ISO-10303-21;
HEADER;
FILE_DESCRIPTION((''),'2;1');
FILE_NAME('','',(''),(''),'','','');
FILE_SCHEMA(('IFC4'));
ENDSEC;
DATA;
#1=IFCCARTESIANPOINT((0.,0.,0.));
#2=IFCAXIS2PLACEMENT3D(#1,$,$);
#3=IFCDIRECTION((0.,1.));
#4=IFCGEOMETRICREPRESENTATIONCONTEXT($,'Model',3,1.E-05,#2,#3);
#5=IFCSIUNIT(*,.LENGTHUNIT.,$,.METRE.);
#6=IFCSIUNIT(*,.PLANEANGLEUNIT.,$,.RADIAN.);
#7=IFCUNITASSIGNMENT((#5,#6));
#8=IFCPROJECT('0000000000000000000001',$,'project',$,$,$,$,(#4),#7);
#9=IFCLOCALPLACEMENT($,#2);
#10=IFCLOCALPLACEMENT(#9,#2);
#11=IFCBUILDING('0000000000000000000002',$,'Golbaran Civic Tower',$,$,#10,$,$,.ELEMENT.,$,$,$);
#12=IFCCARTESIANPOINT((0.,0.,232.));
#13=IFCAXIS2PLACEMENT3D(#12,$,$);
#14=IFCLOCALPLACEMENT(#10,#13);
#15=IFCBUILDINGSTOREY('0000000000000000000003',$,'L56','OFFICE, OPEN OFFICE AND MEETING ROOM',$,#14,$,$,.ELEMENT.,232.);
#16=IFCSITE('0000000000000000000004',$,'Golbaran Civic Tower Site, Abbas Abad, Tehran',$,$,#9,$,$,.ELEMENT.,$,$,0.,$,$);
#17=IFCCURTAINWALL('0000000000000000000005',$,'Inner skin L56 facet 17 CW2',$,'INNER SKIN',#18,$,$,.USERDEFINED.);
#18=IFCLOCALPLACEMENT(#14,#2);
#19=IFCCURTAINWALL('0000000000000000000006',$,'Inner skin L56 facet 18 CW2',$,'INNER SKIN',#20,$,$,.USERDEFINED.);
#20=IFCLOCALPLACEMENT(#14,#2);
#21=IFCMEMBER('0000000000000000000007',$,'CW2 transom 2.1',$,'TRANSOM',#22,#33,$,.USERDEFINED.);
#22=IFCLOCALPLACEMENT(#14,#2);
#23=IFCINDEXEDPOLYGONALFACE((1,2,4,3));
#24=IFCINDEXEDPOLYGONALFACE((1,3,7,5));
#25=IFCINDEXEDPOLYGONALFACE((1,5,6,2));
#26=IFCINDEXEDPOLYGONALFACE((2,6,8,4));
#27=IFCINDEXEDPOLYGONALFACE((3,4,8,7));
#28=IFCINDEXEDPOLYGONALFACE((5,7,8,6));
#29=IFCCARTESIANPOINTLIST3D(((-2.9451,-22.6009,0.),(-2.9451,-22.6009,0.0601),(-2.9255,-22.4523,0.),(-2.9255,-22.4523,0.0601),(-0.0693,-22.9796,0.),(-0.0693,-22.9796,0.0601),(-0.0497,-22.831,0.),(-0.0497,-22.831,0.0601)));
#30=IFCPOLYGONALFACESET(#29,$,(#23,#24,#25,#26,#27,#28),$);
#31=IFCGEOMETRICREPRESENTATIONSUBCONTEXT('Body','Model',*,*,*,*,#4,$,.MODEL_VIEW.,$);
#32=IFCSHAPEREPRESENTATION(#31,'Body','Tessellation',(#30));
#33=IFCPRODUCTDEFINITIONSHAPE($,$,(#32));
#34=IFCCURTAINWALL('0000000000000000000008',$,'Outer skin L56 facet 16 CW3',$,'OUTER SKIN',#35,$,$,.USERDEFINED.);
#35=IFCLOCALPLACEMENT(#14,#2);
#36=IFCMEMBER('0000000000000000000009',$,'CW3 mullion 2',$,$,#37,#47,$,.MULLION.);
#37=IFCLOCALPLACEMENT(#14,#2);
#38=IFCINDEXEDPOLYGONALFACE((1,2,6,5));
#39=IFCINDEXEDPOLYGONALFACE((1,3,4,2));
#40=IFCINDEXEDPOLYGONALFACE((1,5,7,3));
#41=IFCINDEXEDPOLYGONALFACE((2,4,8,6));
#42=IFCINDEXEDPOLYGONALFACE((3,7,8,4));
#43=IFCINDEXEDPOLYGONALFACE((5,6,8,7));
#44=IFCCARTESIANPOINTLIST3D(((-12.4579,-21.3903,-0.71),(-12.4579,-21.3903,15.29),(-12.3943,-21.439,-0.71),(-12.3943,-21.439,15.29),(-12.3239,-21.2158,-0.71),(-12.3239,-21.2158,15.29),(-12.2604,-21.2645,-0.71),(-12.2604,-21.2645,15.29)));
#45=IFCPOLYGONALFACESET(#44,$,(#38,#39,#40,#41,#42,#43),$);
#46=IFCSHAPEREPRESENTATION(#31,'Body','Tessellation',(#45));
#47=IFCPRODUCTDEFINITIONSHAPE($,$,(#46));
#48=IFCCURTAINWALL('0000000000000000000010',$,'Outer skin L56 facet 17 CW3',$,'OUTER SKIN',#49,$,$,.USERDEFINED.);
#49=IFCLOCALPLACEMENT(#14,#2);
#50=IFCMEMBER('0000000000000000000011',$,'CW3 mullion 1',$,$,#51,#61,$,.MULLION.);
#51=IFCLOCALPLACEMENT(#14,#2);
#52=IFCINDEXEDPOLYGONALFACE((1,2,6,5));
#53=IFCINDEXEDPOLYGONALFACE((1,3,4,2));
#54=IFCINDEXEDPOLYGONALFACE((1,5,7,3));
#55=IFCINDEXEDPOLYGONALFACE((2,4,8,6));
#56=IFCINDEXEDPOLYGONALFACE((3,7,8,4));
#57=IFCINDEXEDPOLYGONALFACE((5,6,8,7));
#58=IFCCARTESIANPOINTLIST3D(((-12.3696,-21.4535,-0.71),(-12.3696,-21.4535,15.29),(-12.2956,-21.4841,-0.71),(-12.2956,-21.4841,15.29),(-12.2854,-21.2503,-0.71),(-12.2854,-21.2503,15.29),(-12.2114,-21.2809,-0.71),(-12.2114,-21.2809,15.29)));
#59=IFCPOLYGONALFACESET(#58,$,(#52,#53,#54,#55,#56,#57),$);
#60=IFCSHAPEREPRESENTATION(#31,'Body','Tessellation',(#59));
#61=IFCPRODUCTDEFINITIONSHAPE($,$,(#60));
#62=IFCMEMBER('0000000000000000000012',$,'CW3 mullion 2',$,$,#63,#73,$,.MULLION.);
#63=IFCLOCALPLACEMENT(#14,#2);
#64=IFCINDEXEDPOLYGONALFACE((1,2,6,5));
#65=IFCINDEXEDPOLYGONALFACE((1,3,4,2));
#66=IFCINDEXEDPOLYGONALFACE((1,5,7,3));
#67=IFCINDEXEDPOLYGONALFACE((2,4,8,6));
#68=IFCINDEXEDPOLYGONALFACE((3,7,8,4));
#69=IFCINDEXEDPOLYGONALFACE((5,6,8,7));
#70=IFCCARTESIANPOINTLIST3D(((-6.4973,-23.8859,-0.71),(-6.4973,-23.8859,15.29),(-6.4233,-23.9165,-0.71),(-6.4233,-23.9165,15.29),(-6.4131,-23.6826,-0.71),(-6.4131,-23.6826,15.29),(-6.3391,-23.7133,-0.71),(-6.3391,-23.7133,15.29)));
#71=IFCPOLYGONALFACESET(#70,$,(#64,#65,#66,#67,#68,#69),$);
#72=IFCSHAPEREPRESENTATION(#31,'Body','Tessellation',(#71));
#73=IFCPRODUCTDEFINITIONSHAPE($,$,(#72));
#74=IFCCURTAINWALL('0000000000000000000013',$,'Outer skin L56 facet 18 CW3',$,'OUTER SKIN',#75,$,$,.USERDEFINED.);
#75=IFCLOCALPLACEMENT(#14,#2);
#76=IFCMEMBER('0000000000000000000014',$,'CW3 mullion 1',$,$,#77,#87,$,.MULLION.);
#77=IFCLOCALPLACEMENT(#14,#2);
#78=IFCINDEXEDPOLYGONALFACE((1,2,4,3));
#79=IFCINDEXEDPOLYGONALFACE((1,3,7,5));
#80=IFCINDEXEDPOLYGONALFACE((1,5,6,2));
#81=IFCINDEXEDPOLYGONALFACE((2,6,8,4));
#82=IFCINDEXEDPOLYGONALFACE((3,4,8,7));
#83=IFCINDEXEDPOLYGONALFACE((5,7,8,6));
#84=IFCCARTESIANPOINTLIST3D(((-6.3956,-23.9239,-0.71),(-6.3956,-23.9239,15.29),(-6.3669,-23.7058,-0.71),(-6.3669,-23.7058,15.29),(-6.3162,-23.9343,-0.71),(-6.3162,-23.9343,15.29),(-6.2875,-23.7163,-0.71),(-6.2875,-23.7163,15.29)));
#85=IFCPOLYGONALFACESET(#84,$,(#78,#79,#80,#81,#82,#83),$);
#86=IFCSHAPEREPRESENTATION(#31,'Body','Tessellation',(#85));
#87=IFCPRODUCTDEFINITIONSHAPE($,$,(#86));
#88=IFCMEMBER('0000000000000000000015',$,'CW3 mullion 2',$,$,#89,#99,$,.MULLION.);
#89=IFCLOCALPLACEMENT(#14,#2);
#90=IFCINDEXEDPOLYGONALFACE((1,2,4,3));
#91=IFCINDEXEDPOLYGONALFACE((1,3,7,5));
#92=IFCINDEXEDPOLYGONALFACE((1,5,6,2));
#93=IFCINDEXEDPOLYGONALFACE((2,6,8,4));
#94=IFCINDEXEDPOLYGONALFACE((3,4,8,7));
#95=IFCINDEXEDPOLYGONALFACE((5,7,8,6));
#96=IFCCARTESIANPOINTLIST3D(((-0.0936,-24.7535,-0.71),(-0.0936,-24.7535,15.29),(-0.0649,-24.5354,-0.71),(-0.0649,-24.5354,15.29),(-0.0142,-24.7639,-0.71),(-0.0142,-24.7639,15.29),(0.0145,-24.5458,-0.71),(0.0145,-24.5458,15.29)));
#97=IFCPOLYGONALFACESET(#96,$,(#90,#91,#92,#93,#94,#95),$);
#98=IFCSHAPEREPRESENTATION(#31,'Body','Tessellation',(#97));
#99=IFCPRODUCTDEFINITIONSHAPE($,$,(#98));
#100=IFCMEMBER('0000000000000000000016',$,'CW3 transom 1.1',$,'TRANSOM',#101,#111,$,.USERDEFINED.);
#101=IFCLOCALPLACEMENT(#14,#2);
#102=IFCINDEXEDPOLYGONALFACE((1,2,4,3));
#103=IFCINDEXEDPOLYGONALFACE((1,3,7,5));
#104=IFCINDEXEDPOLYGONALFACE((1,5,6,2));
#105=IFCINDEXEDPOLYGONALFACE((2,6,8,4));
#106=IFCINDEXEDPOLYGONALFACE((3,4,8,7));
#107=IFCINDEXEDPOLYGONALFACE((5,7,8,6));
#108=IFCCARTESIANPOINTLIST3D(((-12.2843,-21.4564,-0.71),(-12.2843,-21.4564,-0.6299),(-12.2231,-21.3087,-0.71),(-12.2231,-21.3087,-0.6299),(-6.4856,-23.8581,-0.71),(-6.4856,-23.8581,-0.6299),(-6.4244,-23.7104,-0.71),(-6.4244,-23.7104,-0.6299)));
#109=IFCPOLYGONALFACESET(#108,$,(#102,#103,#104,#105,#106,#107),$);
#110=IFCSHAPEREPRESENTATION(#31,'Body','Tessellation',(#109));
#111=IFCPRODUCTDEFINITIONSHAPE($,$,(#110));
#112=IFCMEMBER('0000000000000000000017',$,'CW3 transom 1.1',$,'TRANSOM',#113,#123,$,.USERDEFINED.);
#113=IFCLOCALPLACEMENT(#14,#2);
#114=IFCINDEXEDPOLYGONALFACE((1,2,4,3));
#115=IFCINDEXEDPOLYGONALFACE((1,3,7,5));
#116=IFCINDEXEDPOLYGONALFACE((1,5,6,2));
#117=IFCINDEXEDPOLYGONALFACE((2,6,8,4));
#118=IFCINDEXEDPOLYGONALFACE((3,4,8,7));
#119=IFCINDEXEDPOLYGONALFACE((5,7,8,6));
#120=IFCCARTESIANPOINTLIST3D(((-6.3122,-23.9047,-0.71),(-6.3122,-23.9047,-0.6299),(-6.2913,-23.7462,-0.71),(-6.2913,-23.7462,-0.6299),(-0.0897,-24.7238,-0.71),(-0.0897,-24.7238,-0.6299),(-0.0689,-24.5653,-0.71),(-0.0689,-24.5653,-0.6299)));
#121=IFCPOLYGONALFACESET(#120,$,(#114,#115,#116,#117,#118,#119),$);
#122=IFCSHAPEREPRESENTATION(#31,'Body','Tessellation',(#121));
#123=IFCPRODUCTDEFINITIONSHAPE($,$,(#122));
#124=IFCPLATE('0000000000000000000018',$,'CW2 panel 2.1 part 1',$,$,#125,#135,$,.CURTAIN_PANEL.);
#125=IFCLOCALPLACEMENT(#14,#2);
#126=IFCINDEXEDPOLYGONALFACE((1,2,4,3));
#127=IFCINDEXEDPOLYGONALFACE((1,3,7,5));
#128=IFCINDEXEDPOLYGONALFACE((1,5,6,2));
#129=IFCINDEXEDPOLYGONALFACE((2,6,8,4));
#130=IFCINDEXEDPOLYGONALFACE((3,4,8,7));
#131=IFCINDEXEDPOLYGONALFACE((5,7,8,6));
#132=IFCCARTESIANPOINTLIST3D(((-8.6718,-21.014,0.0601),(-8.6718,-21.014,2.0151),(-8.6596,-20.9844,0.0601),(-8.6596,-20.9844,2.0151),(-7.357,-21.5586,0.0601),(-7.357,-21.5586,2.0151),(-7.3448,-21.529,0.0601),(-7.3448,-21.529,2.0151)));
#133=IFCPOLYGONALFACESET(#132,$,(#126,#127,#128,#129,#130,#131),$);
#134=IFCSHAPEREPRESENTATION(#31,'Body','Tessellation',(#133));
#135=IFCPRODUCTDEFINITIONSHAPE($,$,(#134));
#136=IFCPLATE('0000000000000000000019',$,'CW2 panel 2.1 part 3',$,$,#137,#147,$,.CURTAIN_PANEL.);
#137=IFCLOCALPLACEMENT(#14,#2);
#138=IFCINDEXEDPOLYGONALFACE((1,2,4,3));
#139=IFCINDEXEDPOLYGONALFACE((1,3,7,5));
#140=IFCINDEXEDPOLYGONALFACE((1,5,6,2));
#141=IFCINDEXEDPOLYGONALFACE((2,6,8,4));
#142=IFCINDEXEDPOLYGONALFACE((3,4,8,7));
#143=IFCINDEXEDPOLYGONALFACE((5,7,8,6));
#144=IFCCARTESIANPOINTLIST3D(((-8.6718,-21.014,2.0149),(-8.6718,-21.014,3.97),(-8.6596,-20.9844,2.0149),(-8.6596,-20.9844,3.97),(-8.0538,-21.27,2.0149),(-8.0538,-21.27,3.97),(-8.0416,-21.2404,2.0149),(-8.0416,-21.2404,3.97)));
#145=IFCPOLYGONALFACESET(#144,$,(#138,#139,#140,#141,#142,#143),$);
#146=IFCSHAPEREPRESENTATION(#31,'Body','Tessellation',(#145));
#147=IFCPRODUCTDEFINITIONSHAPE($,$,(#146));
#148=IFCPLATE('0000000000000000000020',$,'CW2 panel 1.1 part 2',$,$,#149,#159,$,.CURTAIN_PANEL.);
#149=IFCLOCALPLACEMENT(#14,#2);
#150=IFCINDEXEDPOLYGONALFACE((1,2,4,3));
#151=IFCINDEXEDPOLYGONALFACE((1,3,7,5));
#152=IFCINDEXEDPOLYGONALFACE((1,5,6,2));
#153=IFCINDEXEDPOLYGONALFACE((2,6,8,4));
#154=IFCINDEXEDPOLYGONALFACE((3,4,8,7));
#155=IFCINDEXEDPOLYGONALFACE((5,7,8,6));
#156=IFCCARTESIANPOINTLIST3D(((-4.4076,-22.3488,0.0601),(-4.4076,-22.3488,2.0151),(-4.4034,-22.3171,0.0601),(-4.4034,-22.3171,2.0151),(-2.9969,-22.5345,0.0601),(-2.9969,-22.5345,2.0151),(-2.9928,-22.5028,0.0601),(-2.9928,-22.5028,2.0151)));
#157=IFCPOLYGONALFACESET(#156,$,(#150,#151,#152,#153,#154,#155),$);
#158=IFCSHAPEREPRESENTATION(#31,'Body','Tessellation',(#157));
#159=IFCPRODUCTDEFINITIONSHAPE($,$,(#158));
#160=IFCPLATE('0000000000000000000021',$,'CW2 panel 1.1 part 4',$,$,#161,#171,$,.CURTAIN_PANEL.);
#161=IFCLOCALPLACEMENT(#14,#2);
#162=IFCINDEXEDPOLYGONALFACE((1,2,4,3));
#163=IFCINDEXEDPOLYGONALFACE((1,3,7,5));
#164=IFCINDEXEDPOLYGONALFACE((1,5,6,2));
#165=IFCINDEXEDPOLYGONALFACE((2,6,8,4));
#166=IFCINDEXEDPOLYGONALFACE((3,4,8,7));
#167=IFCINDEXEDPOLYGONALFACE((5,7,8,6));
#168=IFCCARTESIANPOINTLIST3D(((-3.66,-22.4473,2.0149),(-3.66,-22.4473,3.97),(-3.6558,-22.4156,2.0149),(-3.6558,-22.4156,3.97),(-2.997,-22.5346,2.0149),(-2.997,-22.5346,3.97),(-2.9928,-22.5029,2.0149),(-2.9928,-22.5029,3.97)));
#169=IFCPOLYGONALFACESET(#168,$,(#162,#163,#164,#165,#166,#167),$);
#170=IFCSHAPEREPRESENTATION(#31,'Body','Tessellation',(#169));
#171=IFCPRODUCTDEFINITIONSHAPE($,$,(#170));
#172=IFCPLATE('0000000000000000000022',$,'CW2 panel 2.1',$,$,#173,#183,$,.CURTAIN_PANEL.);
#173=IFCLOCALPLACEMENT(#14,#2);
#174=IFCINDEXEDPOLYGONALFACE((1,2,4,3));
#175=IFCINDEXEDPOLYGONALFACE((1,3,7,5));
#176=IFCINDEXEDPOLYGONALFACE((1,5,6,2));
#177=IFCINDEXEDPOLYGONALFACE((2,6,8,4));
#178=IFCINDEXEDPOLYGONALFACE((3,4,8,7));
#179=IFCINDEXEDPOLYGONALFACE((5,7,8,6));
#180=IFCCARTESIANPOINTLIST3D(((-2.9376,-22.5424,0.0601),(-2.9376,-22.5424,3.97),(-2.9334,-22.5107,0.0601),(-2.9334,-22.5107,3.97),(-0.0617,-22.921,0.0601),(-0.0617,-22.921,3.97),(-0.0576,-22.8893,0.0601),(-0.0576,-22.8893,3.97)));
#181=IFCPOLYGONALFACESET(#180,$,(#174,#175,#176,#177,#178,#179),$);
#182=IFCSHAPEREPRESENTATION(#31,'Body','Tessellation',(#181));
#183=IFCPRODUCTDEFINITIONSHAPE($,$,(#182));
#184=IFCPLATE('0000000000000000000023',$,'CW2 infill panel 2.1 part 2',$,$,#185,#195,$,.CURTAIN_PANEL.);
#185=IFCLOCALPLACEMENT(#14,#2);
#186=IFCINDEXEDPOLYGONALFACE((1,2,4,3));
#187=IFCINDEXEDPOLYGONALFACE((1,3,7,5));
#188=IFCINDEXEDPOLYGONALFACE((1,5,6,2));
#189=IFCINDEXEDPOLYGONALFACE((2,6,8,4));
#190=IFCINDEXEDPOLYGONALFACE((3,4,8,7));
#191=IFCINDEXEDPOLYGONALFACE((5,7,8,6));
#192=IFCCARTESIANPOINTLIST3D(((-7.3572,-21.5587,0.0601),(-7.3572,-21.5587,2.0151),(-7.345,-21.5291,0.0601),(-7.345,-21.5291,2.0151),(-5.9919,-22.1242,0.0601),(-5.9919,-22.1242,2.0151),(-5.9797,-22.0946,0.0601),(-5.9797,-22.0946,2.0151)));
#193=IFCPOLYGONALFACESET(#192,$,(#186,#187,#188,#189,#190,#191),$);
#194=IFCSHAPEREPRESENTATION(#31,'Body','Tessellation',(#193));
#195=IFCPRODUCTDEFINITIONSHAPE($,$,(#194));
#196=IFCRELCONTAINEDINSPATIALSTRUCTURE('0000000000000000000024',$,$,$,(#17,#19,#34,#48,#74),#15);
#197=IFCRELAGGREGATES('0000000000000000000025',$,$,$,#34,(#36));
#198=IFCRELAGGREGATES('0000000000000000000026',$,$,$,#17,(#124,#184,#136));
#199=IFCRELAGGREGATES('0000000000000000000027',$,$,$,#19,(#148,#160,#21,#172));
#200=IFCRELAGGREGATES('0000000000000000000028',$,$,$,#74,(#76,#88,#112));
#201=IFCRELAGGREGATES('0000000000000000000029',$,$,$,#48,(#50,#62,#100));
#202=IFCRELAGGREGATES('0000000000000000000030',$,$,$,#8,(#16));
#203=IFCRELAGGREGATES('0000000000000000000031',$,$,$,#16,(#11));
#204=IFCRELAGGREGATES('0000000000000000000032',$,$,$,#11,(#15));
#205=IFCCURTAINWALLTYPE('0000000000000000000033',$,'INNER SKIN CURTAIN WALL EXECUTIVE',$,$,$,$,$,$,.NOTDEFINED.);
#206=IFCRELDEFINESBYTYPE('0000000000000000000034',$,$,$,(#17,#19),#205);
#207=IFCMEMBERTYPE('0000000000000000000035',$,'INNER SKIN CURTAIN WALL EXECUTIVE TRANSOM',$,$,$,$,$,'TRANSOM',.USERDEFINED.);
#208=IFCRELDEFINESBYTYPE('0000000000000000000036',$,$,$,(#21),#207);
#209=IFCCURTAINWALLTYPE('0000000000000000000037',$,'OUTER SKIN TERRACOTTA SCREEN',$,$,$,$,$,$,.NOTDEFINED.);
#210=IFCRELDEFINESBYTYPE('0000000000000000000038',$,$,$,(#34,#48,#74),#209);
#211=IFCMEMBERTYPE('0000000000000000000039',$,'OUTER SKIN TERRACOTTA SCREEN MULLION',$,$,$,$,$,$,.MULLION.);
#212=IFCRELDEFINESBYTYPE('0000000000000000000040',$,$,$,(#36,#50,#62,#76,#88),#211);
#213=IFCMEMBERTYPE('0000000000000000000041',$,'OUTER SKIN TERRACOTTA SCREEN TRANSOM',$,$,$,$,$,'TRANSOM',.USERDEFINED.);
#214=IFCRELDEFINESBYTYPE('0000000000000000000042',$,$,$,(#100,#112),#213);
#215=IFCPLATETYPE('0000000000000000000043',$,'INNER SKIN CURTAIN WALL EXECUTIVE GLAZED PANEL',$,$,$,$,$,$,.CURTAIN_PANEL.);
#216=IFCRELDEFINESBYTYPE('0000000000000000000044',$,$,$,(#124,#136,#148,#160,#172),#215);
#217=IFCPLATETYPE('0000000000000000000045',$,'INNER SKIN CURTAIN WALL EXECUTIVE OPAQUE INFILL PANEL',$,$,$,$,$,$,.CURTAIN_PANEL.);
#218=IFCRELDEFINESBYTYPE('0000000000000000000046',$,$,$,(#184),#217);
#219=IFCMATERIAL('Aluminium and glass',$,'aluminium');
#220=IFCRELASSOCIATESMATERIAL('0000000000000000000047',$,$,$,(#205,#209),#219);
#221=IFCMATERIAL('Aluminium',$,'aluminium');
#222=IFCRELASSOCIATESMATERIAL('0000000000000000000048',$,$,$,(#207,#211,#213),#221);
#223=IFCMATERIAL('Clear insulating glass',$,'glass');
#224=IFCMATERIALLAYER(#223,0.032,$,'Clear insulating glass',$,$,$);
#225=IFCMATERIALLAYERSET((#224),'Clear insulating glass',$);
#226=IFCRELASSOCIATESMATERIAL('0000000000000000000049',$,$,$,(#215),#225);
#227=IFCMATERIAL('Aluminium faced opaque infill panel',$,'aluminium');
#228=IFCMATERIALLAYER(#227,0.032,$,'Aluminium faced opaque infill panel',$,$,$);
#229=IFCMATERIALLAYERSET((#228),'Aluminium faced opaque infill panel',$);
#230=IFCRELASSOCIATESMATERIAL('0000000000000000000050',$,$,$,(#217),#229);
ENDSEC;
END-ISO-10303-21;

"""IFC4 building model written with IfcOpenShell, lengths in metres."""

from ifc_helpers import new_model, si_unit, direction, frame, origin, origin_2d, place, context, subcontext, project, spatial, rectangle, extrude, material, layer, layer_set, material_profile, profile_set, type_object, element, aggregate, save


model = new_model("IFC4")

# Units and contexts
model_context = context("Model", 3, precision=1e-05, world=origin(), true_north=direction((0.0, 1.0)))
body_context = subcontext(model_context, "Body", "Model", "MODEL_VIEW")
ifc_project = project(units=[si_unit("LENGTHUNIT", "METRE"), si_unit("PLANEANGLEUNIT", "RADIAN")], contexts=[model_context])

# Site, building, storey
site_placement = place(None, origin())
site = spatial("IfcSite", under=ifc_project, at=site_placement, Name="Golbaran Civic Tower Site, Abbas Abad, Tehran", CompositionType="ELEMENT", RefElevation=0.0)
building_placement = place(site_placement, origin())
building = spatial("IfcBuilding", under=site, at=building_placement, Name="Golbaran Civic Tower", CompositionType="ELEMENT")
storey_placement = place(building_placement, frame((0.0, 0.0, 232.0)))
storey = spatial("IfcBuildingStorey", under=building, at=storey_placement, Name="L56", Description="OFFICE, OPEN OFFICE AND MEETING ROOM", CompositionType="ELEMENT", Elevation=232.0)

# Curtain wall
ifc_material_1 = material(Name="Aluminium and glass", Category="aluminium")
curtain_wall_type_1 = type_object("IfcCurtainWallType", Name="INNER SKIN CURTAIN WALL EXECUTIVE", PredefinedType="NOTDEFINED", material=ifc_material_1)
curtain_wall_1_placement = place(storey_placement, origin())
curtain_wall_1 = element("IfcCurtainWall", 1, at=curtain_wall_1_placement, inside=storey, type_object=curtain_wall_type_1, Name="Inner skin L56 facet 17 CW2", ObjectType="INNER SKIN", PredefinedType="USERDEFINED")
ifc_material_2 = material(Name="Aluminium", Category="aluminium")

# Curtain wall
curtain_wall_2_placement = place(storey_placement, origin())
curtain_wall_2 = element("IfcCurtainWall", 2, at=curtain_wall_2_placement, inside=storey, type_object=curtain_wall_type_1, Name="Inner skin L56 facet 18 CW2", ObjectType="INNER SKIN", PredefinedType="USERDEFINED")

# Member
ifc_material_profile_1 = material_profile(ifc_material_2, rectangle(XDim=0.1499, YDim=0.0601, at=origin_2d()), Name="INNER SKIN CURTAIN WALL EXECUTIVE TRANSOM")
ifc_profile_set_1 = profile_set([ifc_material_profile_1], Name="Aluminium")
member_type_1 = type_object("IfcMemberType", Name="INNER SKIN CURTAIN WALL EXECUTIVE TRANSOM", ElementType="TRANSOM", PredefinedType="USERDEFINED", material=ifc_profile_set_1)
member_1_placement = place(storey_placement, frame((-2.9353, -22.5266, 0.03), z_axis=(0.991442, -0.130548, 0.0), x_axis=(0.130548, 0.991442, 0.0)))
member_1 = element("IfcMember", 3, at=member_1_placement, type_object=member_type_1, Name="CW2 transom 2.1", ObjectType="TRANSOM", PredefinedType="USERDEFINED", context=body_context, shape_type="SweptSolid", body=[
    extrude(rectangle(XDim=0.1499, YDim=0.0601, at=origin_2d()), origin(), (0.0, 0.0, 1.0), 2.9006),
])

# Curtain wall, member
curtain_wall_type_2 = type_object("IfcCurtainWallType", Name="OUTER SKIN TERRACOTTA SCREEN", PredefinedType="NOTDEFINED", material=ifc_material_1)
curtain_wall_3_placement = place(storey_placement, origin())
curtain_wall_3 = element("IfcCurtainWall", 4, at=curtain_wall_3_placement, inside=storey, type_object=curtain_wall_type_2, Name="Outer skin L56 facet 16 CW3", ObjectType="OUTER SKIN", PredefinedType="USERDEFINED")
ifc_material_profile_2 = material_profile(ifc_material_2, rectangle(XDim=0.22, YDim=0.0801, at=origin_2d()), Name="OUTER SKIN TERRACOTTA SCREEN MULLION")
ifc_profile_set_2 = profile_set([ifc_material_profile_2], Name="Aluminium")
member_type_2 = type_object("IfcMemberType", Name="OUTER SKIN TERRACOTTA SCREEN MULLION", PredefinedType="MULLION", material=ifc_profile_set_2)
member_2_placement = place(storey_placement, frame((-12.3591, -21.3274, -0.71), z_axis=(0.0, 0.0, 1.0), x_axis=(0.608761, 0.793353, 0.0)))
member_2 = element("IfcMember", 5, at=member_2_placement, type_object=member_type_2, Name="CW3 mullion 2", PredefinedType="MULLION", context=body_context, shape_type="SweptSolid", body=[
    extrude(rectangle(XDim=0.22, YDim=0.0801, at=origin_2d()), origin(), (0.0, 0.0, 1.0), 16.0),
])
aggregate(curtain_wall_3, [member_2])

# Curtain walls, members
curtain_wall_4_placement = place(storey_placement, origin())
curtain_wall_4 = element("IfcCurtainWall", 6, at=curtain_wall_4_placement, inside=storey, type_object=curtain_wall_type_2, Name="Outer skin L56 facet 17 CW3", ObjectType="OUTER SKIN", PredefinedType="USERDEFINED")
member_3_placement = place(storey_placement, frame((-12.2905, -21.3672, -0.71), z_axis=(0.0, 0.0, 1.0), x_axis=(0.382683, 0.92388, 0.0)))
member_3 = element("IfcMember", 7, at=member_3_placement, type_object=member_type_2, Name="CW3 mullion 1", PredefinedType="MULLION", context=body_context, shape_type="SweptSolid", body=[
    extrude(rectangle(XDim=0.22, YDim=0.0801, at=origin_2d()), origin(), (0.0, 0.0, 1.0), 16.0),
])
member_4_placement = place(storey_placement, frame((-6.4182, -23.7996, -0.71), z_axis=(0.0, 0.0, 1.0), x_axis=(0.382683, 0.92388, 0.0)))
member_4 = element("IfcMember", 8, at=member_4_placement, type_object=member_type_2, Name="CW3 mullion 2", PredefinedType="MULLION", context=body_context, shape_type="SweptSolid", body=[
    extrude(rectangle(XDim=0.22, YDim=0.0801, at=origin_2d()), origin(), (0.0, 0.0, 1.0), 16.0),
])
curtain_wall_5_placement = place(storey_placement, origin())
curtain_wall_5 = element("IfcCurtainWall", 9, at=curtain_wall_5_placement, inside=storey, type_object=curtain_wall_type_2, Name="Outer skin L56 facet 18 CW3", ObjectType="OUTER SKIN", PredefinedType="USERDEFINED")
member_5_placement = place(storey_placement, frame((-6.3416, -23.8201, -0.71), z_axis=(0.0, 0.0, 1.0), x_axis=(0.130526, 0.991445, 0.0)))
member_5 = element("IfcMember", 10, at=member_5_placement, type_object=member_type_2, Name="CW3 mullion 1", PredefinedType="MULLION", context=body_context, shape_type="SweptSolid", body=[
    extrude(rectangle(XDim=0.22, YDim=0.0801, at=origin_2d()), origin(), (0.0, 0.0, 1.0), 16.0),
])
member_6_placement = place(storey_placement, frame((-0.0396, -24.6497, -0.71), z_axis=(0.0, 0.0, 1.0), x_axis=(0.130526, 0.991445, 0.0)))
member_6 = element("IfcMember", 11, at=member_6_placement, type_object=member_type_2, Name="CW3 mullion 2", PredefinedType="MULLION", context=body_context, shape_type="SweptSolid", body=[
    extrude(rectangle(XDim=0.22, YDim=0.0801, at=origin_2d()), origin(), (0.0, 0.0, 1.0), 16.0),
])

# Members
ifc_material_profile_3 = material_profile(ifc_material_2, rectangle(XDim=0.1599, YDim=0.0801, at=origin_2d()), Name="OUTER SKIN TERRACOTTA SCREEN TRANSOM")
ifc_profile_set_3 = profile_set([ifc_material_profile_3], Name="Aluminium")
member_type_3 = type_object("IfcMemberType", Name="OUTER SKIN TERRACOTTA SCREEN TRANSOM", ElementType="TRANSOM", PredefinedType="USERDEFINED", material=ifc_profile_set_3)
member_7_placement = place(storey_placement, frame((-12.2537, -21.3826, -0.6699), z_axis=(0.923893, -0.382651, 0.0), x_axis=(0.382651, 0.923893, 0.0)))
member_7 = element("IfcMember", 12, at=member_7_placement, type_object=member_type_3, Name="CW3 transom 1.1", ObjectType="TRANSOM", PredefinedType="USERDEFINED", context=body_context, shape_type="SweptSolid", body=[
    extrude(rectangle(XDim=0.1599, YDim=0.0801, at=origin_2d()), origin(), (0.0, 0.0, 1.0), 6.2764),
])
member_8_placement = place(storey_placement, frame((-6.3018, -23.8254, -0.6699), z_axis=(0.991447, -0.13051, 0.0), x_axis=(0.13051, 0.991447, 0.0)))
member_8 = element("IfcMember", 13, at=member_8_placement, type_object=member_type_3, Name="CW3 transom 1.1", ObjectType="TRANSOM", PredefinedType="USERDEFINED", context=body_context, shape_type="SweptSolid", body=[
    extrude(rectangle(XDim=0.1599, YDim=0.0801, at=origin_2d()), origin(), (0.0, 0.0, 1.0), 6.2761),
])

# Plates
ifc_material_3 = material(Name="Clear insulating glass", Category="glass")
ifc_layer_1 = layer(ifc_material_3, 0.032, Name="Clear insulating glass")
ifc_layer_set_1 = layer_set([ifc_layer_1], Name="Clear insulating glass")
plate_type_1 = type_object("IfcPlateType", Name="INNER SKIN CURTAIN WALL EXECUTIVE GLAZED PANEL", PredefinedType="CURTAIN_PANEL", material=ifc_layer_set_1)
plate_1_placement = place(storey_placement, frame((-8.0083, -21.2715, 0.0601), z_axis=(0.0, 0.0, 1.0), x_axis=(0.92388, -0.382683, 0.0)))
plate_1 = element("IfcPlate", 14, at=plate_1_placement, type_object=plate_type_1, Name="CW2 panel 2.1 part 1", PredefinedType="CURTAIN_PANEL", context=body_context, shape_type="SweptSolid", body=[
    extrude(rectangle(XDim=1.4231, YDim=0.032, at=origin_2d()), origin(), (0.0, 0.0, 1.0), 1.9551),
])
plate_2_placement = place(storey_placement, frame((-8.3567, -21.1272, 2.0149), z_axis=(0.0, 0.0, 1.0), x_axis=(0.92388, -0.382683, 0.0)))
plate_2 = element("IfcPlate", 15, at=plate_2_placement, type_object=plate_type_1, Name="CW2 panel 2.1 part 3", PredefinedType="CURTAIN_PANEL", context=body_context, shape_type="SweptSolid", body=[
    extrude(rectangle(XDim=0.6689, YDim=0.032, at=origin_2d()), origin(), (0.0, 0.0, 1.0), 1.9551),
])
plate_3_placement = place(storey_placement, frame((-3.7002, -22.4258, 0.0601), z_axis=(0.0, 0.0, 1.0), x_axis=(0.991445, -0.130526, 0.0)))
plate_3 = element("IfcPlate", 16, at=plate_3_placement, type_object=plate_type_1, Name="CW2 panel 1.1 part 2", PredefinedType="CURTAIN_PANEL", context=body_context, shape_type="SweptSolid", body=[
    extrude(rectangle(XDim=1.4229, YDim=0.032, at=origin_2d()), origin(), (0.0, 0.0, 1.0), 1.9551),
])
plate_4_placement = place(storey_placement, frame((-3.3264, -22.4751, 2.0149), z_axis=(0.0, 0.0, 1.0), x_axis=(0.991445, -0.130526, 0.0)))
plate_4 = element("IfcPlate", 17, at=plate_4_placement, type_object=plate_type_1, Name="CW2 panel 1.1 part 4", PredefinedType="CURTAIN_PANEL", context=body_context, shape_type="SweptSolid", body=[
    extrude(rectangle(XDim=0.6687, YDim=0.032, at=origin_2d()), origin(), (0.0, 0.0, 1.0), 1.9551),
])
plate_5_placement = place(storey_placement, frame((-1.4976, -22.7158, 0.0601), z_axis=(0.0, 0.0, 1.0), x_axis=(0.991445, -0.130526, 0.0)))
plate_5 = element("IfcPlate", 18, at=plate_5_placement, type_object=plate_type_1, Name="CW2 panel 2.1", PredefinedType="CURTAIN_PANEL", context=body_context, shape_type="SweptSolid", body=[
    extrude(rectangle(XDim=2.9006, YDim=0.032, at=origin_2d()), origin(), (0.0, 0.0, 1.0), 3.9099),
])
ifc_material_4 = material(Name="Aluminium faced opaque infill panel", Category="aluminium")
ifc_layer_2 = layer(ifc_material_4, 0.032, Name="Aluminium faced opaque infill panel")
ifc_layer_set_2 = layer_set([ifc_layer_2], Name="Aluminium faced opaque infill panel")
plate_type_2 = type_object("IfcPlateType", Name="INNER SKIN CURTAIN WALL EXECUTIVE OPAQUE INFILL PANEL", PredefinedType="CURTAIN_PANEL", material=ifc_layer_set_2)
plate_6_placement = place(storey_placement, frame((-6.6685, -21.8267, 0.0601), z_axis=(0.0, 0.0, 1.0), x_axis=(0.92388, -0.382683, 0.0)))
plate_6 = element("IfcPlate", 19, at=plate_6_placement, type_object=plate_type_2, Name="CW2 infill panel 2.1 part 2", PredefinedType="CURTAIN_PANEL", context=body_context, shape_type="SweptSolid", body=[
    extrude(rectangle(XDim=1.4778, YDim=0.032, at=origin_2d()), origin(), (0.0, 0.0, 1.0), 1.9551),
])
aggregate(curtain_wall_1, [plate_1, plate_6, plate_2])
aggregate(curtain_wall_2, [plate_3, plate_4, member_1, plate_5])
aggregate(curtain_wall_5, [member_5, member_6, member_8])
aggregate(curtain_wall_4, [member_3, member_4, member_7])

save(model, "model.ifc")
